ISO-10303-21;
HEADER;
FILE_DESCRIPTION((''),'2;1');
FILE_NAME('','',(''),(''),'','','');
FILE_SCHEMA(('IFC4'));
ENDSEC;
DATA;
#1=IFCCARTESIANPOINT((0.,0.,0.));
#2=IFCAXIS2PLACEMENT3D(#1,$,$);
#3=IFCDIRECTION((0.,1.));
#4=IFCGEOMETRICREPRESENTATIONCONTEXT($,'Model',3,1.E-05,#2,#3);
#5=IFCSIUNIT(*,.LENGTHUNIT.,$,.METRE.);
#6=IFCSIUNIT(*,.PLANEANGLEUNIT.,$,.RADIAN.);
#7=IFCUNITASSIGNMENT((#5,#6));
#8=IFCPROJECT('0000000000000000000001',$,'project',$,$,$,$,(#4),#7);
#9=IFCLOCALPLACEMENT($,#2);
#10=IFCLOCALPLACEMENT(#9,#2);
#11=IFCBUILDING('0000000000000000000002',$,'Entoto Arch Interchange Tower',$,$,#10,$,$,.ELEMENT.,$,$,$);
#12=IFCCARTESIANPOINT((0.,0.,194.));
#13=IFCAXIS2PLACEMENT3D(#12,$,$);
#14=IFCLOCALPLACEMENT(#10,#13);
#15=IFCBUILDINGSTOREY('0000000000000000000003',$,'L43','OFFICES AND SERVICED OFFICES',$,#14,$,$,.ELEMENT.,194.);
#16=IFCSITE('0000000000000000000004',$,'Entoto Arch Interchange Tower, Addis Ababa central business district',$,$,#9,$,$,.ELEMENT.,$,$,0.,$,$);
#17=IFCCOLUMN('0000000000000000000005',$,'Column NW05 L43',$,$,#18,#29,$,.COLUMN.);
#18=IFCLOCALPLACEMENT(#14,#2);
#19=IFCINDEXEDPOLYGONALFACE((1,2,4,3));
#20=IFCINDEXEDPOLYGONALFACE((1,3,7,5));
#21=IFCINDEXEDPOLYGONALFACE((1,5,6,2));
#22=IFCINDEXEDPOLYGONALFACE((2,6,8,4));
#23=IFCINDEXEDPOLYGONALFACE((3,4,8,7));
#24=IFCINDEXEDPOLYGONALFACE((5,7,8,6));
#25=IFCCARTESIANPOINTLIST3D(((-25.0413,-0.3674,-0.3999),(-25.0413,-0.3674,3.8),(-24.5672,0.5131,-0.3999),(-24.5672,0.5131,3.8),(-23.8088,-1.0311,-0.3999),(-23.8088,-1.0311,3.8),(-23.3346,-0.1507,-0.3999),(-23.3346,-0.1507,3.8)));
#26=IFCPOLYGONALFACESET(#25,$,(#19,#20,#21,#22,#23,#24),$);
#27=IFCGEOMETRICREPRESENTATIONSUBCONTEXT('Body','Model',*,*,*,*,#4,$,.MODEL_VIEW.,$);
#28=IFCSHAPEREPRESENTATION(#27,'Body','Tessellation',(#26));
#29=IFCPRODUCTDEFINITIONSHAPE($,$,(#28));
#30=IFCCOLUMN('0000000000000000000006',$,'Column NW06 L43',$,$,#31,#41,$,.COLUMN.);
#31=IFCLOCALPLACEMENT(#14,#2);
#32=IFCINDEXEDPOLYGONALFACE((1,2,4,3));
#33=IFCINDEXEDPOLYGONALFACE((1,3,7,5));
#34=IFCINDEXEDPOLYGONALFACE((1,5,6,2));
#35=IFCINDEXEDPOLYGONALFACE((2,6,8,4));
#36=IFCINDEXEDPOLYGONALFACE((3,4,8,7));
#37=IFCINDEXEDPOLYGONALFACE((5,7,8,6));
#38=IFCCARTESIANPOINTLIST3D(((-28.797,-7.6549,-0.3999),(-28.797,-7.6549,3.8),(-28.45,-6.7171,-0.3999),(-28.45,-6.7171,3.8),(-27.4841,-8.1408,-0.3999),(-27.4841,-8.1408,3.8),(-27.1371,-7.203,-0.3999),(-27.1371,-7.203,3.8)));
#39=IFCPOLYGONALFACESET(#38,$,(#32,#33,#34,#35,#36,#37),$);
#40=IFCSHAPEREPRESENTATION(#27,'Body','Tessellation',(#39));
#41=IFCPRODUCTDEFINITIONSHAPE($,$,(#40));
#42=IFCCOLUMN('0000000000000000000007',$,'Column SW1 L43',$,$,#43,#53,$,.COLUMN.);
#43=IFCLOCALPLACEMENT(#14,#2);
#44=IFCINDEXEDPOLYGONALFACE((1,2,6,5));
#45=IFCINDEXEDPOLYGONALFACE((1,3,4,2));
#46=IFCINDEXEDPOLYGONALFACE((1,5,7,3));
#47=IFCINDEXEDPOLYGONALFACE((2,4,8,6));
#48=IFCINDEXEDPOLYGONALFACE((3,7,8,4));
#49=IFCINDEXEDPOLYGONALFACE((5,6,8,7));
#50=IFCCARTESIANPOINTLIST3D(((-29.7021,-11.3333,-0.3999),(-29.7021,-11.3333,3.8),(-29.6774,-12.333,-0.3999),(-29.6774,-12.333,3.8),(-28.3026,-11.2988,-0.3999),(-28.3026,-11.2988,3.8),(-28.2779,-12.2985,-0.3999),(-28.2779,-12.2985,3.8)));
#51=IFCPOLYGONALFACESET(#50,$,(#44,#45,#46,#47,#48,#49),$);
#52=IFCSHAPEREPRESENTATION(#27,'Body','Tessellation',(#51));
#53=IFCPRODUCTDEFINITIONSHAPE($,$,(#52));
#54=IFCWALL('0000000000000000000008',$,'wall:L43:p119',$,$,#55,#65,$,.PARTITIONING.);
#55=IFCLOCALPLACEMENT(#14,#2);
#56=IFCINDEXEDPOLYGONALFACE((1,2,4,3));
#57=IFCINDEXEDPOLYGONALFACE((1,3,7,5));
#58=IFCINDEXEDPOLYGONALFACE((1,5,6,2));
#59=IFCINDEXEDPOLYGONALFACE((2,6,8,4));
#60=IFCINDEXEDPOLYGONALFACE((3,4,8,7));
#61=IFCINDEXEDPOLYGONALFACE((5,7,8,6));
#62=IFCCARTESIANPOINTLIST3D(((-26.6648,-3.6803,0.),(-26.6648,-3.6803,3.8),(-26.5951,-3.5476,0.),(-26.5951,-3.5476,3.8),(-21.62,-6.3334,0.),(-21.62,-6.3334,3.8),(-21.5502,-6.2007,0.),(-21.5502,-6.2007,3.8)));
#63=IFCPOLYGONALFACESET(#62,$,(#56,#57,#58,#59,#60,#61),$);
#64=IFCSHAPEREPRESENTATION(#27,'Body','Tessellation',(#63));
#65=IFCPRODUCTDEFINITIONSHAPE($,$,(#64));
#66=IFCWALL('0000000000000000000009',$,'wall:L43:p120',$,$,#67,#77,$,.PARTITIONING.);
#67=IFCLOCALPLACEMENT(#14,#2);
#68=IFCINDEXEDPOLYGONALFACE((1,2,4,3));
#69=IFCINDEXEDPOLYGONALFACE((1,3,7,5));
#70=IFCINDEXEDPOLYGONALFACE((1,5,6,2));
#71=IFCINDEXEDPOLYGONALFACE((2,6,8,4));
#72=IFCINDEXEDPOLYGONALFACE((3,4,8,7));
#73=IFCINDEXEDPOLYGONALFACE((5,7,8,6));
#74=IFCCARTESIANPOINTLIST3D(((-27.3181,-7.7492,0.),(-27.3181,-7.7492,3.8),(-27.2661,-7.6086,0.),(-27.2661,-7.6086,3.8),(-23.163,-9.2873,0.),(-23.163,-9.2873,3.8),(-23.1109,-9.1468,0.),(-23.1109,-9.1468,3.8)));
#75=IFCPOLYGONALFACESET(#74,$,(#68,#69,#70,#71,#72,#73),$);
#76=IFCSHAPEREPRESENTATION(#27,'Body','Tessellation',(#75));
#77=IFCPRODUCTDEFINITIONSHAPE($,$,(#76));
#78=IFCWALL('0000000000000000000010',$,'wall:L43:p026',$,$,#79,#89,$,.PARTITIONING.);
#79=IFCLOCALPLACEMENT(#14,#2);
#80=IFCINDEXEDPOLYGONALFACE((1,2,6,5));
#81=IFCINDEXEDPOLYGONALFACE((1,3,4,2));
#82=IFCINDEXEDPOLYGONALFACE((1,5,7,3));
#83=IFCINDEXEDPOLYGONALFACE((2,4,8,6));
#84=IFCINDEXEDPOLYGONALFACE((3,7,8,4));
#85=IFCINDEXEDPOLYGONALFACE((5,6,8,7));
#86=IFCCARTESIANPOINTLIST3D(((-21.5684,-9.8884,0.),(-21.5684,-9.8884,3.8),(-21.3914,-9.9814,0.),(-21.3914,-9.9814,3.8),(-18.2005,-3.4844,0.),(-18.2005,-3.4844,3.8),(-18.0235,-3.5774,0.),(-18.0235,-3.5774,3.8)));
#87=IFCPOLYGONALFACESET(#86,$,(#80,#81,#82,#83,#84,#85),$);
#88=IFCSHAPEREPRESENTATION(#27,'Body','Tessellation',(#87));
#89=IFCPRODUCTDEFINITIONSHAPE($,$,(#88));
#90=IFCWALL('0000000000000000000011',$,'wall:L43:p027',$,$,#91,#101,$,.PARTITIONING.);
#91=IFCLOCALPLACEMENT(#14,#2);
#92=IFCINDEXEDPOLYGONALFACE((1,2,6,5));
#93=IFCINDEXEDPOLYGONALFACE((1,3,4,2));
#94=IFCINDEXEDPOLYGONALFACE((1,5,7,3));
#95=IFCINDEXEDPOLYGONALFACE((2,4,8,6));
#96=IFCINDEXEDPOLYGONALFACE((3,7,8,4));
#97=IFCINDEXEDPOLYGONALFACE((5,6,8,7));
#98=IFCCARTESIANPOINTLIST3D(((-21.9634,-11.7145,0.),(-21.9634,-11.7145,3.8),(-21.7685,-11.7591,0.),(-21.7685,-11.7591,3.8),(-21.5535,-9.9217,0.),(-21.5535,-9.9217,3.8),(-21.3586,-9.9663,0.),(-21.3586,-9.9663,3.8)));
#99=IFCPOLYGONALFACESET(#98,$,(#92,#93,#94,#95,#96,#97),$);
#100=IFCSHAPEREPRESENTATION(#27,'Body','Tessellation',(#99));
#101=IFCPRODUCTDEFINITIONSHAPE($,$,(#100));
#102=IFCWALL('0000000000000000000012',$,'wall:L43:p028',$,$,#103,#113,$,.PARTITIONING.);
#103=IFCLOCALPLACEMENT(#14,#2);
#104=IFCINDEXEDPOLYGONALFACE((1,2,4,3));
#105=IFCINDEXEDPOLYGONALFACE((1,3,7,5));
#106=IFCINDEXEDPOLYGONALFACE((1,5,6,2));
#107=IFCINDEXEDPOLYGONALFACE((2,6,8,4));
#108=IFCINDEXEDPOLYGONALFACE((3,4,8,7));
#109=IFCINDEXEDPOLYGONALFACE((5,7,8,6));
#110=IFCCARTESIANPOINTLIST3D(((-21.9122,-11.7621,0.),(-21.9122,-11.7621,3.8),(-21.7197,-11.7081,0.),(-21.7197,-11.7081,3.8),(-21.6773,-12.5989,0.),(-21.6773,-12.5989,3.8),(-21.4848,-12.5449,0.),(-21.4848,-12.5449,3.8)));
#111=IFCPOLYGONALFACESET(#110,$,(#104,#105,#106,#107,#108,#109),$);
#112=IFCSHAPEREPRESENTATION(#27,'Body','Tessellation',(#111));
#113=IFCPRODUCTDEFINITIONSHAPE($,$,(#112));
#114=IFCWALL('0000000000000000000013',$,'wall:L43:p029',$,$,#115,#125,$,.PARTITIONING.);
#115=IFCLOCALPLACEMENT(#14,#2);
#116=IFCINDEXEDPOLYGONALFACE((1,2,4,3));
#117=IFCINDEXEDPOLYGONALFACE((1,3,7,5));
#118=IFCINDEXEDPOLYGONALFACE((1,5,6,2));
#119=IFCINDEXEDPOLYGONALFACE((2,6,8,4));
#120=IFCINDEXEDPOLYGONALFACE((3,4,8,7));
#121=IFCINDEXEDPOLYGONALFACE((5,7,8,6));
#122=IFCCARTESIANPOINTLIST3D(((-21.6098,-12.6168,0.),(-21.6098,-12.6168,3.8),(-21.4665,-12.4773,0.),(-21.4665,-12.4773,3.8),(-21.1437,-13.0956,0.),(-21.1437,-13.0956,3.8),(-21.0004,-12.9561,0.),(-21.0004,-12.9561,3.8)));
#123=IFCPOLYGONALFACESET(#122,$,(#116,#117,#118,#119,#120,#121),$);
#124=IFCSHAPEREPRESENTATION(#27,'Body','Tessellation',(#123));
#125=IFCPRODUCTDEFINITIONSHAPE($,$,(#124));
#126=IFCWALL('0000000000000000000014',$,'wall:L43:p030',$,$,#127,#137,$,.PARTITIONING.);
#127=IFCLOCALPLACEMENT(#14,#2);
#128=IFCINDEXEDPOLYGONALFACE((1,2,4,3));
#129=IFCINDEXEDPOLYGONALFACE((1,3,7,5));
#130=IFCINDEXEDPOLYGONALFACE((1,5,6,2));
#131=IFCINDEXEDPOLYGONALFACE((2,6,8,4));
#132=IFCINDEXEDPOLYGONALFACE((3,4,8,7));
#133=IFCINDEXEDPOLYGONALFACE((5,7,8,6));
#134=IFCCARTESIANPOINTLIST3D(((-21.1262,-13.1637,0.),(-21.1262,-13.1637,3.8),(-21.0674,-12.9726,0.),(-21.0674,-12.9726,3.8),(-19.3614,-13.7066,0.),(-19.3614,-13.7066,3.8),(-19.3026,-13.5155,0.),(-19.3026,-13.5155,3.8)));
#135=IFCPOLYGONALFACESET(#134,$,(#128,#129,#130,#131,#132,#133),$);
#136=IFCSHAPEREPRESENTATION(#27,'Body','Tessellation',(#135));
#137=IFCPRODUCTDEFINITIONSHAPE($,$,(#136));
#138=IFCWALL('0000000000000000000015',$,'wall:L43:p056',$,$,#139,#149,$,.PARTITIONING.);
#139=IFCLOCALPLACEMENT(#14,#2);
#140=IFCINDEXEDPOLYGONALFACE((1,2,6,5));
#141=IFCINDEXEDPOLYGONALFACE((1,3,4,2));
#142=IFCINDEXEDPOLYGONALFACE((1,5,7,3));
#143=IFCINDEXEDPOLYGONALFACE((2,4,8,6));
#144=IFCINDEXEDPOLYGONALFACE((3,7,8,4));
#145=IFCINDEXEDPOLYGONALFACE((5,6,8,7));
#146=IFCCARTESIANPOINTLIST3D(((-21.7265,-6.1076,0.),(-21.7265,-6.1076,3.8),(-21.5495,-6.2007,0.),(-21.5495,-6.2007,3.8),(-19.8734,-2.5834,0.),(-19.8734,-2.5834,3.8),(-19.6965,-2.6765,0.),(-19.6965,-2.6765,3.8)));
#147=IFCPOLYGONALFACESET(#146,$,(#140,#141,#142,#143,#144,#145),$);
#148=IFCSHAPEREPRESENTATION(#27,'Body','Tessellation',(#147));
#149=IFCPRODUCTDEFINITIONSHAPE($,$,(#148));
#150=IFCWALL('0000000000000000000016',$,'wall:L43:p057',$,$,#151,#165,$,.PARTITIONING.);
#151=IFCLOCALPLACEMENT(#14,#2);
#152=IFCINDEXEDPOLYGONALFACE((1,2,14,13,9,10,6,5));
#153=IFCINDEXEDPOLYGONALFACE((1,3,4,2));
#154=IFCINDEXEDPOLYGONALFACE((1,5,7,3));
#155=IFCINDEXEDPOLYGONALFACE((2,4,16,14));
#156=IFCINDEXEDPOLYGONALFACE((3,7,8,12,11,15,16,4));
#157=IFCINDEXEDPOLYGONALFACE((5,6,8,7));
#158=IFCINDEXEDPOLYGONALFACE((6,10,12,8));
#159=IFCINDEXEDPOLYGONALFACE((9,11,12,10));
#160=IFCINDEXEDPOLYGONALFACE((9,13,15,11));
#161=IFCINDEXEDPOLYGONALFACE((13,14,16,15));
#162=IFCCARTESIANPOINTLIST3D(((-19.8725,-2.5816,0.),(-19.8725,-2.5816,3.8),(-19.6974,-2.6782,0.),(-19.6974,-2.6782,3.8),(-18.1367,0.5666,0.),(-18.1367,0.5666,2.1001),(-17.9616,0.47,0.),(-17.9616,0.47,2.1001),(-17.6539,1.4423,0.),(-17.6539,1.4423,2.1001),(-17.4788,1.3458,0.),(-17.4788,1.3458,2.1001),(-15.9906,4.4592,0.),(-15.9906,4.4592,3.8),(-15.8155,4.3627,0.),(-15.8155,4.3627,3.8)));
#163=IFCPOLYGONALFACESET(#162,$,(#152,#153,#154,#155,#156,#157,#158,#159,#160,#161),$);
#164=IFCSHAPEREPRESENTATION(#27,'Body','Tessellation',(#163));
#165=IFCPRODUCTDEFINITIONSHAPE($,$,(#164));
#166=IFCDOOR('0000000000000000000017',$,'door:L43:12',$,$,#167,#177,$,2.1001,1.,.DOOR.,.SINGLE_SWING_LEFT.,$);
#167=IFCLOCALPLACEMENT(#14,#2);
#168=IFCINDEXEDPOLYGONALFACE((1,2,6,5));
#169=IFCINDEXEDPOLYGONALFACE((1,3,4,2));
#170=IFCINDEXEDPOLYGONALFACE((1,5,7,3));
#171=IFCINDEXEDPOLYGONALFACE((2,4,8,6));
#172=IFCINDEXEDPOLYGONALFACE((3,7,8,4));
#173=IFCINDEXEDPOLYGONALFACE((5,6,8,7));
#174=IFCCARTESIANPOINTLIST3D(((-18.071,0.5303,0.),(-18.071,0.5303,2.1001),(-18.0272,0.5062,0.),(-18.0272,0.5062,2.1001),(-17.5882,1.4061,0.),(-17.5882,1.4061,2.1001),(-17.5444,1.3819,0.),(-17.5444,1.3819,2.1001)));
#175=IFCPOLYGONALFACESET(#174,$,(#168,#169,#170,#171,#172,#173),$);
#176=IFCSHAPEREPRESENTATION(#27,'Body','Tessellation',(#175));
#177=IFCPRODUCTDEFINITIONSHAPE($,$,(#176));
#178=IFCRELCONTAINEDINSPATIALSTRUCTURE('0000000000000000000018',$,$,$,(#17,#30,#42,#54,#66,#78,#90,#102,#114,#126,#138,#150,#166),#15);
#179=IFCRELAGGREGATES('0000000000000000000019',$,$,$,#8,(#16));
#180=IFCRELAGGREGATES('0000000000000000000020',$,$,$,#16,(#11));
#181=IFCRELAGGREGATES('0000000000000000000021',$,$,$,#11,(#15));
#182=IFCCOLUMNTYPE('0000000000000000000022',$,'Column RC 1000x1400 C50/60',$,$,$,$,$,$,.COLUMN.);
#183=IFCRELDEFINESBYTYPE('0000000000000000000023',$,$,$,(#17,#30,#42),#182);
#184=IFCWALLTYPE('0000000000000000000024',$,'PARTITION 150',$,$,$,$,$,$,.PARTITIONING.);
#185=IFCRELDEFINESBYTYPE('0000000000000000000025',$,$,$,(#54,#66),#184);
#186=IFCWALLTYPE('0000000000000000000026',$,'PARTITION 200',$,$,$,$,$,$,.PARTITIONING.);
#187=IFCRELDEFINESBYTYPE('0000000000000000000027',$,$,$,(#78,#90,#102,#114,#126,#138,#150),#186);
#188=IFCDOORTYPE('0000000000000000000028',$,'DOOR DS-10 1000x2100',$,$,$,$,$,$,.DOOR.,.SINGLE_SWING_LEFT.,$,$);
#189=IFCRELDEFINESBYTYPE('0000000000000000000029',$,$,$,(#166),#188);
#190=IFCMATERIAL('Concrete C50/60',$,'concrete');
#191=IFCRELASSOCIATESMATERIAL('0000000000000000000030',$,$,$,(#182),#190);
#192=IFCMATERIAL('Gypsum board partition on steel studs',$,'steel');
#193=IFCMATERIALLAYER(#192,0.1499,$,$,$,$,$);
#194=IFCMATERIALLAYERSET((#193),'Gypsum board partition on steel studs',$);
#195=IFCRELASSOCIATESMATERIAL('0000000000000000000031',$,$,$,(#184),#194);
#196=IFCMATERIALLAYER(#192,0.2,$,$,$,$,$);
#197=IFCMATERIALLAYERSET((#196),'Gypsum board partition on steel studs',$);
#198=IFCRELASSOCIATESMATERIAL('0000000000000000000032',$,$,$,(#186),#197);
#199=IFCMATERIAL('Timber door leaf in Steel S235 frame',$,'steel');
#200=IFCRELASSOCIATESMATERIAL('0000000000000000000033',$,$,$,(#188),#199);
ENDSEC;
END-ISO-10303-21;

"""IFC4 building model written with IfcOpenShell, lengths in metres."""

from ifc_helpers import new_model, si_unit, direction, frame, frame_2d, origin, origin_2d, place, context, subcontext, project, spatial, rectangle, extrude, material, layer, layer_set, material_profile, profile_set, type_object, element, fill, save


model = new_model("IFC4")

# Units and contexts
model_context = context("Model", 3, precision=1e-05, world=origin(), true_north=direction((0.0, 1.0)))
body_context = subcontext(model_context, "Body", "Model", "MODEL_VIEW")
ifc_project = project(units=[si_unit("LENGTHUNIT", "METRE"), si_unit("PLANEANGLEUNIT", "RADIAN")], contexts=[model_context])

# Site, building, storey
site_placement = place(None, origin())
site = spatial("IfcSite", under=ifc_project, at=site_placement, Name="Entoto Arch Interchange Tower, Addis Ababa central business district", CompositionType="ELEMENT", RefElevation=0.0)
building_placement = place(site_placement, origin())
building = spatial("IfcBuilding", under=site, at=building_placement, Name="Entoto Arch Interchange Tower", CompositionType="ELEMENT")
storey_placement = place(building_placement, frame((0.0, 0.0, 194.0)))
storey = spatial("IfcBuildingStorey", under=building, at=storey_placement, Name="L43", Description="OFFICES AND SERVICED OFFICES", CompositionType="ELEMENT", Elevation=194.0)

# Columns
ifc_material_1 = material(Name="Concrete C50/60", Category="concrete")
ifc_material_profile = material_profile(ifc_material_1, rectangle(XDim=1.0, YDim=1.3999, at=origin_2d()))
ifc_profile_set = profile_set([ifc_material_profile], Name="Concrete C50/60")
column_type = type_object("IfcColumnType", Name="Column RC 1000x1400 C50/60", PredefinedType="COLUMN", material=ifc_profile_set)
for number, where, z_axis, x_axis, name in (
    (1, (-24.188, -0.259, -0.3999), (0.0, 0.0, 1.0), (0.474134, 0.880453, 0.0), "Column NW05 L43"),
    (2, (-27.967, -7.429, -0.3999), (0.0, 0.0, 1.0), (0.347067, 0.93784, 0.0), "Column NW06 L43"),
    (3, (-28.99, -11.8159, -0.3999), (0.0, 0.0, 1.0), (-0.024676, 0.999695, 0.0), "Column SW1 L43"),
):
    element("IfcColumn", number, at=place(storey_placement, frame(where, z_axis=z_axis, x_axis=x_axis)), inside=storey, type_object=column_type, Name=name, PredefinedType="COLUMN", context=body_context, shape_type="SweptSolid", body=[
        extrude(rectangle(XDim=1.0, YDim=1.3999, at=origin_2d()), origin(), (0.0, 0.0, 1.0), 4.2),
    ])

# Walls
ifc_material_2 = material(Name="Gypsum board partition on steel studs", Category="steel")
ifc_layer_1 = layer(ifc_material_2, 0.1499)
ifc_layer_set_1 = layer_set([ifc_layer_1], Name="Gypsum board partition on steel studs")
wall_type_1 = type_object("IfcWallType", Name="PARTITION 150", PredefinedType="PARTITIONING", material=ifc_layer_set_1)
wall_1_placement = place(storey_placement, frame((-21.585, -6.2671, 0.0), z_axis=(0.0, 0.0, 1.0), x_axis=(-0.885073, 0.465452, 0.0)))
element("IfcWall", 4, at=wall_1_placement, inside=storey, type_object=wall_type_1, Name="wall:L43:p119", PredefinedType="PARTITIONING", context=body_context, shape_type="SweptSolid", body=[
    extrude(rectangle(XDim=5.7, YDim=0.1499, at=frame_2d((2.8501, 0.0))), origin(), (0.0, 0.0, 1.0), 3.8),
])
wall_2_placement = place(storey_placement, frame((-23.137, -9.217, 0.0), z_axis=(0.0, 0.0, 1.0), x_axis=(-0.937809, 0.347153, 0.0)))
element("IfcWall", 5, at=wall_2_placement, inside=storey, type_object=wall_type_1, Name="wall:L43:p120", PredefinedType="PARTITIONING", context=body_context, shape_type="SweptSolid", body=[
    extrude(rectangle(XDim=4.4307, YDim=0.1499, at=frame_2d((2.2153, 0.0))), origin(), (0.0, 0.0, 1.0), 3.8),
])
ifc_layer_2 = layer(ifc_material_2, 0.2)
ifc_layer_set_2 = layer_set([ifc_layer_2], Name="Gypsum board partition on steel studs")
wall_type_2 = type_object("IfcWallType", Name="PARTITION 200", PredefinedType="PARTITIONING", material=ifc_layer_set_2)
wall_3_placement = place(storey_placement, frame((-18.1121, -3.531, 0.0), z_axis=(0.0, 0.0, 1.0), x_axis=(-0.465461, -0.885068, 0.0)))
element("IfcWall", 6, at=wall_3_placement, inside=storey, type_object=wall_type_2, Name="wall:L43:p026", PredefinedType="PARTITIONING", context=body_context, shape_type="SweptSolid", body=[
    extrude(rectangle(XDim=7.2356, YDim=0.2, at=frame_2d((3.6177, 0.0))), origin(), (0.0, 0.0, 1.0), 3.8),
])
wall_4_placement = place(storey_placement, frame((-21.4561, -9.9441, 0.0), z_axis=(0.0, 0.0, 1.0), x_axis=(-0.222872, -0.974848, 0.0)))
element("IfcWall", 7, at=wall_4_placement, inside=storey, type_object=wall_type_2, Name="wall:L43:p027", PredefinedType="PARTITIONING", context=body_context, shape_type="SweptSolid", body=[
    extrude(rectangle(XDim=1.8391, YDim=0.2, at=frame_2d((0.9194, 0.0))), origin(), (0.0, 0.0, 1.0), 3.8),
])
wall_5_placement = place(storey_placement, frame((-21.8159, -11.7351, 0.0), z_axis=(0.0, 0.0, 1.0), x_axis=(0.270192, -0.962806, 0.0)))
element("IfcWall", 8, at=wall_5_placement, inside=storey, type_object=wall_type_2, Name="wall:L43:p028", PredefinedType="PARTITIONING", context=body_context, shape_type="SweptSolid", body=[
    extrude(rectangle(XDim=0.8691, YDim=0.2, at=frame_2d((0.4346, 0.0))), origin(), (0.0, 0.0, 1.0), 3.8),
])
wall_6_placement = place(storey_placement, frame((-21.5381, -12.5471, 0.0), z_axis=(0.0, 0.0, 1.0), x_axis=(0.697543, -0.716543, 0.0)))
element("IfcWall", 9, at=wall_6_placement, inside=storey, type_object=wall_type_2, Name="wall:L43:p029", PredefinedType="PARTITIONING", context=body_context, shape_type="SweptSolid", body=[
    extrude(rectangle(XDim=0.6682, YDim=0.2, at=frame_2d((0.334, 0.0))), origin(), (0.0, 0.0, 1.0), 3.8),
])
wall_7_placement = place(storey_placement, frame((-21.0969, -13.0681, 0.0), z_axis=(0.0, 0.0, 1.0), x_axis=(0.95579, -0.294049, 0.0)))
element("IfcWall", 10, at=wall_7_placement, inside=storey, type_object=wall_type_2, Name="wall:L43:p030", PredefinedType="PARTITIONING", context=body_context, shape_type="SweptSolid", body=[
    extrude(rectangle(XDim=1.8464, YDim=0.2, at=frame_2d((0.9233, 0.0))), origin(), (0.0, 0.0, 1.0), 3.8),
])
wall_8_placement = place(storey_placement, frame((-21.6379, -6.1541, 0.0), z_axis=(0.0, 0.0, 1.0), x_axis=(0.465393, 0.885104, 0.0)))
element("IfcWall", 11, at=wall_8_placement, inside=storey, type_object=wall_type_2, Name="wall:L43:p056", PredefinedType="PARTITIONING", context=body_context, shape_type="SweptSolid", body=[
    extrude(rectangle(XDim=3.9817, YDim=0.2, at=frame_2d((1.9907, 0.0))), origin(), (0.0, 0.0, 1.0), 3.8),
])

# Wall, opening, door
wall_9_placement = place(storey_placement, frame((-19.7849, -2.6299, 0.0), z_axis=(0.0, 0.0, 1.0), x_axis=(0.482817, 0.875721, 0.0)))
wall_9 = element("IfcWall", 12, at=wall_9_placement, inside=storey, type_object=wall_type_2, Name="wall:L43:p057", PredefinedType="PARTITIONING", context=body_context, shape_type="SweptSolid", body=[
    extrude(rectangle(XDim=8.04, YDim=0.2, at=frame_2d((4.02, 0.0))), origin(), (0.0, 0.0, 1.0), 3.8),
])
opening_1_placement = place(wall_9_placement, frame((3.595, 0.0, 0.0)))
opening_1 = element("IfcOpeningElement", 13, at=opening_1_placement, cuts=wall_9, PredefinedType="OPENING", context=body_context, shape_type="SweptSolid", body=[
    extrude(rectangle(XDim=1.0, YDim=2.1001, at=frame_2d((0.5, 1.05))), frame((0.0, 0.1099, 0.0), z_axis=(0.0, -1.0, 0.0), x_axis=(1.0, 0.0, 0.0)), (0.0, 0.0, 1.0), 0.22),
])
ifc_material_3 = material(Name="Timber door leaf in Steel S235 frame", Category="steel")
door_type = type_object("IfcDoorType", Name="DOOR DS-10 1000x2100", OperationType="SINGLE_SWING_LEFT", PredefinedType="DOOR", material=ifc_material_3)
door_1_placement = place(opening_1_placement, origin())
door_1 = element("IfcDoor", 14, at=door_1_placement, inside=storey, type_object=door_type, Name="door:L43:12", OperationType="SINGLE_SWING_LEFT", OverallHeight=2.1001, OverallWidth=1.0, PredefinedType="DOOR", context=body_context, shape_type="SweptSolid", body=[
    extrude(rectangle(XDim=1.0, YDim=2.1001, at=frame_2d((0.5, 1.05))), frame((0.0, 0.0249, 0.0), z_axis=(0.0, -1.0, 0.0), x_axis=(1.0, 0.0, 0.0)), (0.0, 0.0, 1.0), 0.05),
])
fill(opening_1, door_1)

save(model, "model.ifc")
